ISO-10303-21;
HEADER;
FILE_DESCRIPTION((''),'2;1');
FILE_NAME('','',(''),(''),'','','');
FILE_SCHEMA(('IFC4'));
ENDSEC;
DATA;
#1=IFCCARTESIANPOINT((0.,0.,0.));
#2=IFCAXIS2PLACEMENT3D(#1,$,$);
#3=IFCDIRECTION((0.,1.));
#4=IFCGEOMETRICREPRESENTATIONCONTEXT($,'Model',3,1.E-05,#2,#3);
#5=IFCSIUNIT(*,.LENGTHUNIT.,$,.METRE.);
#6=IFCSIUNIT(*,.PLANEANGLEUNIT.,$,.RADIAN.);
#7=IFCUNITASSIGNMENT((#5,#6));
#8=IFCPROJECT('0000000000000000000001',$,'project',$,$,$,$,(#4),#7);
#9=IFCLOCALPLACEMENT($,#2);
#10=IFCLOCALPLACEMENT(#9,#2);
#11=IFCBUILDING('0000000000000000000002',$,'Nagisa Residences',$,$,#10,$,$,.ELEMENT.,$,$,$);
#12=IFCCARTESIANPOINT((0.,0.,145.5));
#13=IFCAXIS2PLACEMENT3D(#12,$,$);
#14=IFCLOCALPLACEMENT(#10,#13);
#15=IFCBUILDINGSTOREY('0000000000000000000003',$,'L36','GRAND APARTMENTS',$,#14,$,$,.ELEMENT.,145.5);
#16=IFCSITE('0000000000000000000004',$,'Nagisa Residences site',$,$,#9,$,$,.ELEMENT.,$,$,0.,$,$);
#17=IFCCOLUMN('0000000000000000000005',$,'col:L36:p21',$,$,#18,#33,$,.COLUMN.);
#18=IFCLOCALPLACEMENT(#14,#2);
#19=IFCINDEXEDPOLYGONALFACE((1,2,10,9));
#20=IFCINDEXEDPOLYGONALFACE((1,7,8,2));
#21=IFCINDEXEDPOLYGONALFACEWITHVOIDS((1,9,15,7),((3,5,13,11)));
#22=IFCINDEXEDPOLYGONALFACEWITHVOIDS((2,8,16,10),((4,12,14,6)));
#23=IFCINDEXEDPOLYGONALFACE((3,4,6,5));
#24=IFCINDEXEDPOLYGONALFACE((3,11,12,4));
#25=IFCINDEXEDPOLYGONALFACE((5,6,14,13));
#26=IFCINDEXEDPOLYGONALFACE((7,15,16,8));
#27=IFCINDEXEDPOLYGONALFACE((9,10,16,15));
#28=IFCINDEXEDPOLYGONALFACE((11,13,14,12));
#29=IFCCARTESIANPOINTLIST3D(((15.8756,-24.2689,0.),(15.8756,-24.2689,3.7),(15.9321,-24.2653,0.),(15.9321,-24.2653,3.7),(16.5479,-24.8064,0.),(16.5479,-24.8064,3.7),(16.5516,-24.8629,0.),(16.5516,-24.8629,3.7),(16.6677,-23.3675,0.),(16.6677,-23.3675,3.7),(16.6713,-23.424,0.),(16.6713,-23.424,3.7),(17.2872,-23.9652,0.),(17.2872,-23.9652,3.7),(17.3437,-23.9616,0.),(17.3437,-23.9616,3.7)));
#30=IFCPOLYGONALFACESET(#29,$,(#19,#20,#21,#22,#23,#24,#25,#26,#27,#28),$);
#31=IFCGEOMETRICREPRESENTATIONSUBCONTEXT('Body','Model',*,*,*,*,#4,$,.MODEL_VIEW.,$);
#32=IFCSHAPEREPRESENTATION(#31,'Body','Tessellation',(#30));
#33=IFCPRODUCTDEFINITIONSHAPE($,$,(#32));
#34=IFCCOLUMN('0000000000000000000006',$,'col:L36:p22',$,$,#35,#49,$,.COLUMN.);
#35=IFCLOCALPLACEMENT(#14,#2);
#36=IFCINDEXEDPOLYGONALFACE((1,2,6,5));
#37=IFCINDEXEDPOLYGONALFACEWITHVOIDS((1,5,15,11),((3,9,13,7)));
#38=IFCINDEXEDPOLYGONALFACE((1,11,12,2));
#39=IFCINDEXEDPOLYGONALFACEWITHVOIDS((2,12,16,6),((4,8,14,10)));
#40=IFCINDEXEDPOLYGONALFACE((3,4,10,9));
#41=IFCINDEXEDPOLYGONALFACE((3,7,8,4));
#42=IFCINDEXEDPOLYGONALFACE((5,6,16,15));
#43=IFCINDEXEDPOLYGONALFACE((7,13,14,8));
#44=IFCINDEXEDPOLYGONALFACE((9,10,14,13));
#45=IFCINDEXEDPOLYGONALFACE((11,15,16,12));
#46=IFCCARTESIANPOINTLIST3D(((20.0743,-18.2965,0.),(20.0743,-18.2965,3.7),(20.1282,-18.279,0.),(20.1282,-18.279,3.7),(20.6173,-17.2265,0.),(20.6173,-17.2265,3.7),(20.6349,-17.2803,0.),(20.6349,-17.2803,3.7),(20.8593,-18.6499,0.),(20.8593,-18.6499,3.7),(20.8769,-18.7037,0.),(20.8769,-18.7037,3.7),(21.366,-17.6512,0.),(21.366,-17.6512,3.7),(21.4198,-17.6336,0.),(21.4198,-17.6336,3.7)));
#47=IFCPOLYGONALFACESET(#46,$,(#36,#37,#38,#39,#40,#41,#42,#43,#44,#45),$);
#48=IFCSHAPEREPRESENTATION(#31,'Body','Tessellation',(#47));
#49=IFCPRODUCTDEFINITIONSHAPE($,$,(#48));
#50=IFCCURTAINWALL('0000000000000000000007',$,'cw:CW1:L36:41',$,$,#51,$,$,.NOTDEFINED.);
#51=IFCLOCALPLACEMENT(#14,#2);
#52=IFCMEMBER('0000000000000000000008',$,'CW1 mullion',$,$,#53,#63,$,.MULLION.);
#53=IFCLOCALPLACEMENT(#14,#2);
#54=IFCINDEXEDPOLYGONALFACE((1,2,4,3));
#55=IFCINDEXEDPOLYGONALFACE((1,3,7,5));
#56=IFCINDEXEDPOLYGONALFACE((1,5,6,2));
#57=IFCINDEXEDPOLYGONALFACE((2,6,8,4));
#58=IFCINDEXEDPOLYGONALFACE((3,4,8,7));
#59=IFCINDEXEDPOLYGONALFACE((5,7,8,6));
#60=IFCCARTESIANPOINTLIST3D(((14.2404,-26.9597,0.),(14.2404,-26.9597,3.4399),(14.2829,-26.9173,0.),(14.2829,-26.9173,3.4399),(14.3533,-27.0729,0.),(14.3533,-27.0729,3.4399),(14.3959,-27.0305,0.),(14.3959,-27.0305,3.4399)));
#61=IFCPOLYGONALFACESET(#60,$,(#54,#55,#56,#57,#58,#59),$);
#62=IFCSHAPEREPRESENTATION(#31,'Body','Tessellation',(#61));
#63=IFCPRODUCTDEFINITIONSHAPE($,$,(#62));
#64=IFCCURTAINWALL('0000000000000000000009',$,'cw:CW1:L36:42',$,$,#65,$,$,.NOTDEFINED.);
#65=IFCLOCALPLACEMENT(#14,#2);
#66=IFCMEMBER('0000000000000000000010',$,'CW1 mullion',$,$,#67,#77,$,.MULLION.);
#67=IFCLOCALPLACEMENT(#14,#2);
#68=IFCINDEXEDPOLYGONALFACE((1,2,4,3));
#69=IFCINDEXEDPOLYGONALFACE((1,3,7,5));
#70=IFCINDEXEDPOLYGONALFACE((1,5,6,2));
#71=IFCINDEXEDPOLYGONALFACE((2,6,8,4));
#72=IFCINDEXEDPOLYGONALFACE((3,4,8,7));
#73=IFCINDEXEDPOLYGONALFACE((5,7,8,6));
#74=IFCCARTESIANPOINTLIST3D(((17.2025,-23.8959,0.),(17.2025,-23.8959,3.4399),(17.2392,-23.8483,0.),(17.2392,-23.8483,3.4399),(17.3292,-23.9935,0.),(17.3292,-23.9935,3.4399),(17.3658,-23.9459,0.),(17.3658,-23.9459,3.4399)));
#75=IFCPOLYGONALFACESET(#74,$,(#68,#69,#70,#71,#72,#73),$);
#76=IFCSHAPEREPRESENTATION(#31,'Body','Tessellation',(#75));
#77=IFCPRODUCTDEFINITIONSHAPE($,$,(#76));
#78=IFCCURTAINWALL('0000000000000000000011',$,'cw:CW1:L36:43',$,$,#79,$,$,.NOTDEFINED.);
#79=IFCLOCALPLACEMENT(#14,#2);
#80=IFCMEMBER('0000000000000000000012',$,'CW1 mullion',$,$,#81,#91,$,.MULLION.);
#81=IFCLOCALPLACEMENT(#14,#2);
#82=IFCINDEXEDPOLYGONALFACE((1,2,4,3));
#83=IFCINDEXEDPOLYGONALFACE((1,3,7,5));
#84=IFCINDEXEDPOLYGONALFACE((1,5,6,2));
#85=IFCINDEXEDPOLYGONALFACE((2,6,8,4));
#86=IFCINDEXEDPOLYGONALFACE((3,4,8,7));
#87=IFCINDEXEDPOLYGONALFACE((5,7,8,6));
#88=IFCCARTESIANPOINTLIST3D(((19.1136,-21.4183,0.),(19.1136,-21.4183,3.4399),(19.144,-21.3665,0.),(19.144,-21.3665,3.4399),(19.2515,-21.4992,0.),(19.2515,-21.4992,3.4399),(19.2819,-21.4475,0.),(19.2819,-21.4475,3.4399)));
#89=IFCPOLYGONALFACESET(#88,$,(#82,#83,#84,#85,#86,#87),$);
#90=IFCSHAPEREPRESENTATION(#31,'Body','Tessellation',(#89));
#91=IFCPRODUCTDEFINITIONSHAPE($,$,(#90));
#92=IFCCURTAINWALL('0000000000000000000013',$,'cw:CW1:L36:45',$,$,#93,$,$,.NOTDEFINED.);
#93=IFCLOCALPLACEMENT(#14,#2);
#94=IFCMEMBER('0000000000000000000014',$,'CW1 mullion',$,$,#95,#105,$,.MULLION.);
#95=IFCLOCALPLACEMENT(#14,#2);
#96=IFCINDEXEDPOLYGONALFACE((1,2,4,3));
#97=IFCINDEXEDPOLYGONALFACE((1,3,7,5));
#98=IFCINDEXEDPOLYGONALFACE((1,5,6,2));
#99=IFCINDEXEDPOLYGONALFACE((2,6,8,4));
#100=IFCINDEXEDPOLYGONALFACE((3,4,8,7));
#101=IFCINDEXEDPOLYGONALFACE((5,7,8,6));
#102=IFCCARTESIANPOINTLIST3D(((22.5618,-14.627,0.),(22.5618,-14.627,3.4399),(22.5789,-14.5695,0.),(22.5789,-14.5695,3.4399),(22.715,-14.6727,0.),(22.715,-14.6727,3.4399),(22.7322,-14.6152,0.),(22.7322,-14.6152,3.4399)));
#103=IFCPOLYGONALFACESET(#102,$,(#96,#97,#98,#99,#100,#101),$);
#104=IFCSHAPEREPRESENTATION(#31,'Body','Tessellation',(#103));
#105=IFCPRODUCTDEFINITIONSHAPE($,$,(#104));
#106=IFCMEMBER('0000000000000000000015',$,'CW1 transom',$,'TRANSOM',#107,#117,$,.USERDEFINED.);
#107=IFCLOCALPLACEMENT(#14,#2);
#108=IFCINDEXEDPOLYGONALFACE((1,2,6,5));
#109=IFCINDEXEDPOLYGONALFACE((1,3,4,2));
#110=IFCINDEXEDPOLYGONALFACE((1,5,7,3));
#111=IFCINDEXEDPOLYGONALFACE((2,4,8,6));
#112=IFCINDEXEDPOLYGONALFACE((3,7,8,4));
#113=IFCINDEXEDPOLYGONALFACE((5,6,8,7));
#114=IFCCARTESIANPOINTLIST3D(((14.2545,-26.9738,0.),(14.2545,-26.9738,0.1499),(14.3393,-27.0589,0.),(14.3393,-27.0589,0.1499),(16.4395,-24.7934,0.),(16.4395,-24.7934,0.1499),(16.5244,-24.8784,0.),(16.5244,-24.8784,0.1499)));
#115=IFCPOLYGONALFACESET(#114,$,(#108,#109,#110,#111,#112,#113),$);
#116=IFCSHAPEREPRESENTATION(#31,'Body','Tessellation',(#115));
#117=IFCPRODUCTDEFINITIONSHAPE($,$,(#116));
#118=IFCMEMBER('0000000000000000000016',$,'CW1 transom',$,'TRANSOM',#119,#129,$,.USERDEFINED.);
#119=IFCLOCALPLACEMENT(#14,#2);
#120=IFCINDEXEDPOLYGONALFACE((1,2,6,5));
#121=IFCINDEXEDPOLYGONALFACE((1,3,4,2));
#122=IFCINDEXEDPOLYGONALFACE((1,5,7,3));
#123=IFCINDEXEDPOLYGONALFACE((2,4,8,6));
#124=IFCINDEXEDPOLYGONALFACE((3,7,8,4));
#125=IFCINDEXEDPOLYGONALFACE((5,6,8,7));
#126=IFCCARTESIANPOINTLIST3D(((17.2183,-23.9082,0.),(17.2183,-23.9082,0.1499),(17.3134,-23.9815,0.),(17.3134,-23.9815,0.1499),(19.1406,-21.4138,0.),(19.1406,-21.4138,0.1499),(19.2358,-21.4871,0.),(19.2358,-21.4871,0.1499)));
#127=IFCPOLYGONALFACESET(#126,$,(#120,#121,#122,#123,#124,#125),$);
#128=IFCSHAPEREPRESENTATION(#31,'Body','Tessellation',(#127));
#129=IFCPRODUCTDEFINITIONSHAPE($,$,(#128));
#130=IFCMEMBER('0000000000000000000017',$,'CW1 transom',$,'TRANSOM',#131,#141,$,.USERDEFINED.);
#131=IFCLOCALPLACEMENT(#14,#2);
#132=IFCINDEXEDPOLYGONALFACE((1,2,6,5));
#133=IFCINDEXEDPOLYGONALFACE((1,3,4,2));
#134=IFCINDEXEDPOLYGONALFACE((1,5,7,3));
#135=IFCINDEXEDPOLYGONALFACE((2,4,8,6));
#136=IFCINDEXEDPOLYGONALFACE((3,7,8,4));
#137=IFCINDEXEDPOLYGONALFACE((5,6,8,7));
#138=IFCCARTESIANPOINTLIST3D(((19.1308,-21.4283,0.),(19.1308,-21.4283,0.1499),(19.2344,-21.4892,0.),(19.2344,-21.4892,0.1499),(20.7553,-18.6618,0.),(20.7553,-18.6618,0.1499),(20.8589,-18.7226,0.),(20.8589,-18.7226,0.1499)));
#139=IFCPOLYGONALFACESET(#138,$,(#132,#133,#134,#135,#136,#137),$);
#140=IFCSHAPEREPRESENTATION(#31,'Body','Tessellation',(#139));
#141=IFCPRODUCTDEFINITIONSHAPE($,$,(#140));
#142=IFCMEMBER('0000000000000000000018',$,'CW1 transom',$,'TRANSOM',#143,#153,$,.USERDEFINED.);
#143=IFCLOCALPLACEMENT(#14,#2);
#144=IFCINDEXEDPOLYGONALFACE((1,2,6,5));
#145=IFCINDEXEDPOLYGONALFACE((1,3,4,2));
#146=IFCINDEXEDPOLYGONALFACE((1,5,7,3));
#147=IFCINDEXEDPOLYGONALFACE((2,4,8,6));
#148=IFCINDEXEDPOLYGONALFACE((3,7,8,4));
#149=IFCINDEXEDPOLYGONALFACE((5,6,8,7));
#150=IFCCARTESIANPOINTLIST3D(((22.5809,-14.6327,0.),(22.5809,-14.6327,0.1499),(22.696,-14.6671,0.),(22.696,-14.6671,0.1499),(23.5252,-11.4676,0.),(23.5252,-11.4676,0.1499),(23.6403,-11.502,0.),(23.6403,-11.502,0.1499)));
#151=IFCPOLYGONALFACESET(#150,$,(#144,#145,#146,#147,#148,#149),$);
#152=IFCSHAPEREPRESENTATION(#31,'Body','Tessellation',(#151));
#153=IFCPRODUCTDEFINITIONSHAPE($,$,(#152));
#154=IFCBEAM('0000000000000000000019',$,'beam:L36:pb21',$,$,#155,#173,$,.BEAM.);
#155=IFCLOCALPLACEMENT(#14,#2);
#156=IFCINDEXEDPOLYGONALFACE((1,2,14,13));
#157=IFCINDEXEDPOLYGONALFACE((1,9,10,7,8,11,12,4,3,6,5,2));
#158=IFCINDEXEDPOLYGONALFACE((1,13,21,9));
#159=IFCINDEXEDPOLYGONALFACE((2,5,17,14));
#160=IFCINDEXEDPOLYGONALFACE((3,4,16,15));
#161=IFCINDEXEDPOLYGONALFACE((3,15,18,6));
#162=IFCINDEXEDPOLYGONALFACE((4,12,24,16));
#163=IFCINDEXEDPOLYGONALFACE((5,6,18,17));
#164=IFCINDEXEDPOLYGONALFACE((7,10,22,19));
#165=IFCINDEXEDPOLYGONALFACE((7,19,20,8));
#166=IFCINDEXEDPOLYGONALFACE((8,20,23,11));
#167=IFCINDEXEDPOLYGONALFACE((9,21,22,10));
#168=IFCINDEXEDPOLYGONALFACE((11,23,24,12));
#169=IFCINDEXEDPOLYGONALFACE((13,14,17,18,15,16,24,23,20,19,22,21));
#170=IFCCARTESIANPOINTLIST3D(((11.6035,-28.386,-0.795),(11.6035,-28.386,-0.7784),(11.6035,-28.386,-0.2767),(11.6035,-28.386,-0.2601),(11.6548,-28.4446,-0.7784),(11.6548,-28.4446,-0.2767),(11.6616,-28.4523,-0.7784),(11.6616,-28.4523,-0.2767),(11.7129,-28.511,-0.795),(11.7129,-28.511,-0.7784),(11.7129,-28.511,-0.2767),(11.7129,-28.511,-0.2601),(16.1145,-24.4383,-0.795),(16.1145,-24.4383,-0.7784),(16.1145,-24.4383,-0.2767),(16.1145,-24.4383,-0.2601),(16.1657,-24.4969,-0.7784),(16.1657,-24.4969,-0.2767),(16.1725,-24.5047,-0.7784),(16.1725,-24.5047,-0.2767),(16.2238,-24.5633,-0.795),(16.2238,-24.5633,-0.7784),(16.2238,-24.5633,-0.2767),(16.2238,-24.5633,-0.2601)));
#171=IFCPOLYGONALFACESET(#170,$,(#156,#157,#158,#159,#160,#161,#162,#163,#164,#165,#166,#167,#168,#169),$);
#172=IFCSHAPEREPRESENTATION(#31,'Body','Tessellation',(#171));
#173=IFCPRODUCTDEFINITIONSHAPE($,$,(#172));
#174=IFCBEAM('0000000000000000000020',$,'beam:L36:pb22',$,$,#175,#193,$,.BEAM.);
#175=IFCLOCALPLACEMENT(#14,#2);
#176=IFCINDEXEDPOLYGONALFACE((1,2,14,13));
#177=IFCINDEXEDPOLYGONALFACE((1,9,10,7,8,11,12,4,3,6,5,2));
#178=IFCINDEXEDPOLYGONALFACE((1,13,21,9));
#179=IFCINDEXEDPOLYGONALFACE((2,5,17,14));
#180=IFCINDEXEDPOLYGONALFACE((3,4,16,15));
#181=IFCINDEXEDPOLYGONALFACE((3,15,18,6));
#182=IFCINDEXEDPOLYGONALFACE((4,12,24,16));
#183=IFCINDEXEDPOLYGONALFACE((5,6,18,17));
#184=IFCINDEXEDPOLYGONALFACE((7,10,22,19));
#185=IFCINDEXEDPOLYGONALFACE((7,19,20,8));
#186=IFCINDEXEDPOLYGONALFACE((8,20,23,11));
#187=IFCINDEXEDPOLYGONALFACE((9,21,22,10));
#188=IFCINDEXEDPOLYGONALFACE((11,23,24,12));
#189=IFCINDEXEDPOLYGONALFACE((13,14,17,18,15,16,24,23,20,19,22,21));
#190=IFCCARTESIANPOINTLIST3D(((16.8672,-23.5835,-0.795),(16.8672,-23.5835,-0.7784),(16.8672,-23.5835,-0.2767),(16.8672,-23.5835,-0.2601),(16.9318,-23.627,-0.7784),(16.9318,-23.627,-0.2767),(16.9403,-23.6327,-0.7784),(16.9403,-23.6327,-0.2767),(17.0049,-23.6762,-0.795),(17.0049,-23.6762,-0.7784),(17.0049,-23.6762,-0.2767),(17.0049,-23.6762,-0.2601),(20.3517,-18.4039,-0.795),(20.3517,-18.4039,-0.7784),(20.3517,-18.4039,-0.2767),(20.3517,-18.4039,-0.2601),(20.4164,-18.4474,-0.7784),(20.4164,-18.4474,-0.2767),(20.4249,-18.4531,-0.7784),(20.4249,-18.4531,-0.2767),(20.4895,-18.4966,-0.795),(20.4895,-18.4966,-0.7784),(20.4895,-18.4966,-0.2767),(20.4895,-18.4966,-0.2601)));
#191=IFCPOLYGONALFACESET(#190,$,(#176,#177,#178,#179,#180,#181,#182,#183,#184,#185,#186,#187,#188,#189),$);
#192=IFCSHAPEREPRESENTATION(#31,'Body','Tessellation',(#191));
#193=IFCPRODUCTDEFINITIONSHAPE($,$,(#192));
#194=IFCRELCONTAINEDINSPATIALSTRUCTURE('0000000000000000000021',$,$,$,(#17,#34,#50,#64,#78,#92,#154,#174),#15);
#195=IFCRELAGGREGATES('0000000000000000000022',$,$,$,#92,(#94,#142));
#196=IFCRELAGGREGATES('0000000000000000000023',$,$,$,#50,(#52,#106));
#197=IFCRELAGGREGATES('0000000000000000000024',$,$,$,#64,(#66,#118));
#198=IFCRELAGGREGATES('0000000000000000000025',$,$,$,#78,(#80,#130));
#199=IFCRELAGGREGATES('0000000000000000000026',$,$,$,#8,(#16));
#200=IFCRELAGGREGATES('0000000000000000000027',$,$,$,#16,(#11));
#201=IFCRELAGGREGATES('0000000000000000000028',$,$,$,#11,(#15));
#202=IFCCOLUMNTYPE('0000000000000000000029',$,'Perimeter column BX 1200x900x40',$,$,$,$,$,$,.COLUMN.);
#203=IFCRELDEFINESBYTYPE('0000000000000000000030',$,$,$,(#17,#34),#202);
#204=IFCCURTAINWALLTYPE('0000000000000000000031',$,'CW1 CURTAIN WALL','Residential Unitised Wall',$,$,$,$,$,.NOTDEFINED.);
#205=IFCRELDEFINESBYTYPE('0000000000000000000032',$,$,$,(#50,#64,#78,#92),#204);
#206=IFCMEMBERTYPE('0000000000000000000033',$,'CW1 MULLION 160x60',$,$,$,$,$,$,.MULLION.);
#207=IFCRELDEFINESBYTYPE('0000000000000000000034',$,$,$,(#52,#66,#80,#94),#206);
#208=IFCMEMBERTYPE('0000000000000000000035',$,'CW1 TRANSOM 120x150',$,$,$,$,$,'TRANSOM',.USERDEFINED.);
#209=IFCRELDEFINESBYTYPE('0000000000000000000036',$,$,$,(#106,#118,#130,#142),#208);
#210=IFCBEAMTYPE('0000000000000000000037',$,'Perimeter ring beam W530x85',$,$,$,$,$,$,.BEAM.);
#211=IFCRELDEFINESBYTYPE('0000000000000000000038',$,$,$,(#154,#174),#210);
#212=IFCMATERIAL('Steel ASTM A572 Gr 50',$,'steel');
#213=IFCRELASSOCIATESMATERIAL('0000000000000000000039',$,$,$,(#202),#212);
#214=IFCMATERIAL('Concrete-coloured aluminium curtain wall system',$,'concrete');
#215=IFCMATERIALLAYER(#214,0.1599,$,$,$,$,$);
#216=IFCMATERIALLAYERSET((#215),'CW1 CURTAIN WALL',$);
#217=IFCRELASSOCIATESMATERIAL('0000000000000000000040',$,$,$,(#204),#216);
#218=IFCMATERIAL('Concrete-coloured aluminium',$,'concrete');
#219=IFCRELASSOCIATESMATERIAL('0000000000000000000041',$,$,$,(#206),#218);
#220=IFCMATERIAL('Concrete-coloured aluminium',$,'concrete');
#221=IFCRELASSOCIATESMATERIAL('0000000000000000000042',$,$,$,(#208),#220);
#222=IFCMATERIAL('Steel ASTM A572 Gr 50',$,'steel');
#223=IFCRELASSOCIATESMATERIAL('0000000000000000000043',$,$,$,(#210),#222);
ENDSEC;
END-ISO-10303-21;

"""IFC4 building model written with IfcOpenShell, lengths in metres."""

from ifc_helpers import new_model, si_unit, direction, frame, origin, origin_2d, place, context, subcontext, project, spatial, rectangle, hollow_rectangle, i_section, extrude, material, layer, layer_set, material_profile, profile_set, type_object, element, aggregate, save


model = new_model("IFC4")

# Units and contexts
model_context = context("Model", 3, precision=1e-05, world=origin(), true_north=direction((0.0, 1.0)))
body_context = subcontext(model_context, "Body", "Model", "MODEL_VIEW")
ifc_project = project(units=[si_unit("LENGTHUNIT", "METRE"), si_unit("PLANEANGLEUNIT", "RADIAN")], contexts=[model_context])

# Site, building, storey
site_placement = place(None, origin())
site = spatial("IfcSite", under=ifc_project, at=site_placement, Name="Nagisa Residences site", CompositionType="ELEMENT", RefElevation=0.0)
building_placement = place(site_placement, origin())
building = spatial("IfcBuilding", under=site, at=building_placement, Name="Nagisa Residences", CompositionType="ELEMENT")
storey_placement = place(building_placement, frame((0.0, 0.0, 145.5)))
storey = spatial("IfcBuildingStorey", under=building, at=storey_placement, Name="L36", Description="GRAND APARTMENTS", CompositionType="ELEMENT", Elevation=145.5)

# Columns
ifc_material_1 = material(Name="Steel ASTM A572 Gr 50", Category="steel")
ifc_material_profile_1 = material_profile(ifc_material_1, hollow_rectangle(XDim=1.2, YDim=0.8999, WallThickness=0.04, at=origin_2d()), Name="BX 1200x900x40")
ifc_profile_set_1 = profile_set([ifc_material_profile_1], Name="Steel ASTM A572 Gr 50")
column_type = type_object("IfcColumnType", Name="Perimeter column BX 1200x900x40", PredefinedType="COLUMN", material=ifc_profile_set_1)
for number, where, z_axis, x_axis, name in (
    (1, (16.6096, -24.1152, 0.0), (0.0, 0.0, 1.0), (0.660115, 0.751165, 0.0), "col:L36:p21"),
    (2, (20.7471, -17.9651, 0.0), (0.0, 0.0, 1.0), (0.452463, 0.891783, 0.0), "col:L36:p22"),
):
    element("IfcColumn", number, at=place(storey_placement, frame(where, z_axis=z_axis, x_axis=x_axis)), inside=storey, type_object=column_type, Name=name, PredefinedType="COLUMN", context=body_context, shape_type="SweptSolid", body=[
        extrude(hollow_rectangle(XDim=1.2, YDim=0.8999, WallThickness=0.04, at=origin_2d()), origin(), (0.0, 0.0, 1.0), 3.7),
    ])

# Curtain walls, members
ifc_material_2 = material(Name="Concrete-coloured aluminium curtain wall system", Category="concrete")
ifc_layer_1 = layer(ifc_material_2, 0.1599)
ifc_layer_set_1 = layer_set([ifc_layer_1], Name="CW1 CURTAIN WALL")
curtain_wall_type = type_object("IfcCurtainWallType", Name="CW1 CURTAIN WALL", Description="Residential Unitised Wall", PredefinedType="NOTDEFINED", material=ifc_layer_set_1)
curtain_wall_1_placement = place(storey_placement, origin())
curtain_wall_1 = element("IfcCurtainWall", 3, at=curtain_wall_1_placement, inside=storey, type_object=curtain_wall_type, Name="cw:CW1:L36:41", PredefinedType="NOTDEFINED")
ifc_material_3 = material(Name="Concrete-coloured aluminium", Category="concrete")
ifc_material_profile_2 = material_profile(ifc_material_3, rectangle(XDim=0.1599, YDim=0.0601, at=origin_2d()), Name="CW1 MULLION 160x60")
ifc_profile_set_2 = profile_set([ifc_material_profile_2], Name="Concrete-coloured aluminium")
member_type_1 = type_object("IfcMemberType", Name="CW1 MULLION 160x60", PredefinedType="MULLION", material=ifc_profile_set_2)
member_1_placement = place(storey_placement, frame((14.3181, -26.9951, 0.0), z_axis=(0.0, 0.0, 1.0), x_axis=(-0.706377, 0.707836, 0.0)))
member_1 = element("IfcMember", 4, at=member_1_placement, type_object=member_type_1, Name="CW1 mullion", PredefinedType="MULLION", context=body_context, shape_type="SweptSolid", body=[
    extrude(rectangle(XDim=0.1599, YDim=0.0601, at=origin_2d()), origin(), (0.0, 0.0, 1.0), 3.4399),
])
curtain_wall_2_placement = place(storey_placement, origin())
curtain_wall_2 = element("IfcCurtainWall", 5, at=curtain_wall_2_placement, inside=storey, type_object=curtain_wall_type, Name="cw:CW1:L36:42", PredefinedType="NOTDEFINED")
member_2_placement = place(storey_placement, frame((17.2842, -23.9209, 0.0), z_axis=(0.0, 0.0, 1.0), x_axis=(-0.79207, 0.61043, 0.0)))
member_2 = element("IfcMember", 6, at=member_2_placement, type_object=member_type_1, Name="CW1 mullion", PredefinedType="MULLION", context=body_context, shape_type="SweptSolid", body=[
    extrude(rectangle(XDim=0.1599, YDim=0.0601, at=origin_2d()), origin(), (0.0, 0.0, 1.0), 3.4399),
])
curtain_wall_3_placement = place(storey_placement, origin())
curtain_wall_3 = element("IfcCurtainWall", 7, at=curtain_wall_3_placement, inside=storey, type_object=curtain_wall_type, Name="cw:CW1:L36:43", PredefinedType="NOTDEFINED")
member_3_placement = place(storey_placement, frame((19.1978, -21.4329, 0.0), z_axis=(0.0, 0.0, 1.0), x_axis=(-0.862329, 0.506349, 0.0)))
member_3 = element("IfcMember", 8, at=member_3_placement, type_object=member_type_1, Name="CW1 mullion", PredefinedType="MULLION", context=body_context, shape_type="SweptSolid", body=[
    extrude(rectangle(XDim=0.1599, YDim=0.0601, at=origin_2d()), origin(), (0.0, 0.0, 1.0), 3.4399),
])
curtain_wall_4_placement = place(storey_placement, origin())
curtain_wall_4 = element("IfcCurtainWall", 9, at=curtain_wall_4_placement, inside=storey, type_object=curtain_wall_type, Name="cw:CW1:L36:45", PredefinedType="NOTDEFINED")
member_4_placement = place(storey_placement, frame((22.647, -14.6211, 0.0), z_axis=(0.0, 0.0, 1.0), x_axis=(-0.958271, 0.28586, 0.0)))
member_4 = element("IfcMember", 10, at=member_4_placement, type_object=member_type_1, Name="CW1 mullion", PredefinedType="MULLION", context=body_context, shape_type="SweptSolid", body=[
    extrude(rectangle(XDim=0.1599, YDim=0.0601, at=origin_2d()), origin(), (0.0, 0.0, 1.0), 3.4399),
])

# Members
ifc_material_4 = material(Name="Concrete-coloured aluminium", Category="concrete")
ifc_material_profile_3 = material_profile(ifc_material_4, rectangle(XDim=0.1201, YDim=0.1499, at=origin_2d()), Name="CW1 TRANSOM 120x150")
ifc_profile_set_3 = profile_set([ifc_material_profile_3], Name="Concrete-coloured aluminium")
member_type_2 = type_object("IfcMemberType", Name="CW1 TRANSOM 120x150", ElementType="TRANSOM", PredefinedType="USERDEFINED", material=ifc_profile_set_3)
member_5_placement = place(storey_placement, frame((14.2969, -27.0164, 0.075), z_axis=(0.707858, 0.706355, 0.0), x_axis=(-0.706355, 0.707858, 0.0)))
member_5 = element("IfcMember", 11, at=member_5_placement, type_object=member_type_2, Name="CW1 transom", ObjectType="TRANSOM", PredefinedType="USERDEFINED", context=body_context, shape_type="SweptSolid", body=[
    extrude(rectangle(XDim=0.1201, YDim=0.1499, at=origin_2d()), origin(), (0.0, 0.0, 1.0), 3.0869),
])
member_6_placement = place(storey_placement, frame((17.2659, -23.9448, 0.075), z_axis=(0.61043, 0.79207, 0.0), x_axis=(-0.79207, 0.61043, 0.0)))
member_6 = element("IfcMember", 12, at=member_6_placement, type_object=member_type_2, Name="CW1 transom", ObjectType="TRANSOM", PredefinedType="USERDEFINED", context=body_context, shape_type="SweptSolid", body=[
    extrude(rectangle(XDim=0.1201, YDim=0.1499, at=origin_2d()), origin(), (0.0, 0.0, 1.0), 3.1492),
])
member_7_placement = place(storey_placement, frame((19.1826, -21.4587, 0.075), z_axis=(0.506348, 0.862329, 0.0), x_axis=(-0.862329, 0.506348, 0.0)))
member_7 = element("IfcMember", 13, at=member_7_placement, type_object=member_type_2, Name="CW1 transom", ObjectType="TRANSOM", PredefinedType="USERDEFINED", context=body_context, shape_type="SweptSolid", body=[
    extrude(rectangle(XDim=0.1201, YDim=0.1499, at=origin_2d()), origin(), (0.0, 0.0, 1.0), 3.2083),
])
member_8_placement = place(storey_placement, frame((22.6384, -14.6499, 0.075), z_axis=(0.28591, 0.958257, 0.0), x_axis=(-0.958257, 0.28591, 0.0)))
member_8 = element("IfcMember", 14, at=member_8_placement, type_object=member_type_2, Name="CW1 transom", ObjectType="TRANSOM", PredefinedType="USERDEFINED", context=body_context, shape_type="SweptSolid", body=[
    extrude(rectangle(XDim=0.1201, YDim=0.1499, at=origin_2d()), origin(), (0.0, 0.0, 1.0), 3.303),
])
aggregate(curtain_wall_4, [member_4, member_8])

# Beams
ifc_material_5 = material(Name="Steel ASTM A572 Gr 50", Category="steel")
ifc_material_profile_4 = material_profile(ifc_material_5, i_section(OverallWidth=0.166, OverallDepth=0.5349, WebThickness=0.0103, FlangeThickness=0.0166, at=origin_2d()), Name="W530x85")
ifc_profile_set_4 = profile_set([ifc_material_profile_4], Name="Steel ASTM A572 Gr 50")
beam_type_1 = type_object("IfcBeamType", Name="Perimeter ring beam W530x85", PredefinedType="BEAM", material=ifc_profile_set_4)
beam_1_placement = place(storey_placement, frame((11.6582, -28.4485, -0.5276), z_axis=(0.752524, 0.658565, 0.0), x_axis=(-0.658565, 0.752524, 0.0)))
element("IfcBeam", 15, at=beam_1_placement, inside=storey, type_object=beam_type_1, Name="beam:L36:pb21", PredefinedType="BEAM", context=body_context, shape_type="SweptSolid", body=[
    extrude(i_section(OverallWidth=0.166, OverallDepth=0.5349, WebThickness=0.0103, FlangeThickness=0.0166, at=origin_2d()), origin(), (0.0, 0.0, 1.0), 5.9944),
])
beam_2_placement = place(storey_placement, frame((16.936, -23.6299, -0.5276), z_axis=(0.558188, 0.829715, 0.0), x_axis=(-0.829715, 0.558188, 0.0)))
element("IfcBeam", 16, at=beam_2_placement, inside=storey, type_object=beam_type_1, Name="beam:L36:pb22", PredefinedType="BEAM", context=body_context, shape_type="SweptSolid", body=[
    extrude(i_section(OverallWidth=0.166, OverallDepth=0.5349, WebThickness=0.0103, FlangeThickness=0.0166, at=origin_2d()), origin(), (0.0, 0.0, 1.0), 6.2427),
])

aggregate(curtain_wall_1, [member_1, member_5])
aggregate(curtain_wall_2, [member_2, member_6])
aggregate(curtain_wall_3, [member_3, member_7])

save(model, "model.ifc")
